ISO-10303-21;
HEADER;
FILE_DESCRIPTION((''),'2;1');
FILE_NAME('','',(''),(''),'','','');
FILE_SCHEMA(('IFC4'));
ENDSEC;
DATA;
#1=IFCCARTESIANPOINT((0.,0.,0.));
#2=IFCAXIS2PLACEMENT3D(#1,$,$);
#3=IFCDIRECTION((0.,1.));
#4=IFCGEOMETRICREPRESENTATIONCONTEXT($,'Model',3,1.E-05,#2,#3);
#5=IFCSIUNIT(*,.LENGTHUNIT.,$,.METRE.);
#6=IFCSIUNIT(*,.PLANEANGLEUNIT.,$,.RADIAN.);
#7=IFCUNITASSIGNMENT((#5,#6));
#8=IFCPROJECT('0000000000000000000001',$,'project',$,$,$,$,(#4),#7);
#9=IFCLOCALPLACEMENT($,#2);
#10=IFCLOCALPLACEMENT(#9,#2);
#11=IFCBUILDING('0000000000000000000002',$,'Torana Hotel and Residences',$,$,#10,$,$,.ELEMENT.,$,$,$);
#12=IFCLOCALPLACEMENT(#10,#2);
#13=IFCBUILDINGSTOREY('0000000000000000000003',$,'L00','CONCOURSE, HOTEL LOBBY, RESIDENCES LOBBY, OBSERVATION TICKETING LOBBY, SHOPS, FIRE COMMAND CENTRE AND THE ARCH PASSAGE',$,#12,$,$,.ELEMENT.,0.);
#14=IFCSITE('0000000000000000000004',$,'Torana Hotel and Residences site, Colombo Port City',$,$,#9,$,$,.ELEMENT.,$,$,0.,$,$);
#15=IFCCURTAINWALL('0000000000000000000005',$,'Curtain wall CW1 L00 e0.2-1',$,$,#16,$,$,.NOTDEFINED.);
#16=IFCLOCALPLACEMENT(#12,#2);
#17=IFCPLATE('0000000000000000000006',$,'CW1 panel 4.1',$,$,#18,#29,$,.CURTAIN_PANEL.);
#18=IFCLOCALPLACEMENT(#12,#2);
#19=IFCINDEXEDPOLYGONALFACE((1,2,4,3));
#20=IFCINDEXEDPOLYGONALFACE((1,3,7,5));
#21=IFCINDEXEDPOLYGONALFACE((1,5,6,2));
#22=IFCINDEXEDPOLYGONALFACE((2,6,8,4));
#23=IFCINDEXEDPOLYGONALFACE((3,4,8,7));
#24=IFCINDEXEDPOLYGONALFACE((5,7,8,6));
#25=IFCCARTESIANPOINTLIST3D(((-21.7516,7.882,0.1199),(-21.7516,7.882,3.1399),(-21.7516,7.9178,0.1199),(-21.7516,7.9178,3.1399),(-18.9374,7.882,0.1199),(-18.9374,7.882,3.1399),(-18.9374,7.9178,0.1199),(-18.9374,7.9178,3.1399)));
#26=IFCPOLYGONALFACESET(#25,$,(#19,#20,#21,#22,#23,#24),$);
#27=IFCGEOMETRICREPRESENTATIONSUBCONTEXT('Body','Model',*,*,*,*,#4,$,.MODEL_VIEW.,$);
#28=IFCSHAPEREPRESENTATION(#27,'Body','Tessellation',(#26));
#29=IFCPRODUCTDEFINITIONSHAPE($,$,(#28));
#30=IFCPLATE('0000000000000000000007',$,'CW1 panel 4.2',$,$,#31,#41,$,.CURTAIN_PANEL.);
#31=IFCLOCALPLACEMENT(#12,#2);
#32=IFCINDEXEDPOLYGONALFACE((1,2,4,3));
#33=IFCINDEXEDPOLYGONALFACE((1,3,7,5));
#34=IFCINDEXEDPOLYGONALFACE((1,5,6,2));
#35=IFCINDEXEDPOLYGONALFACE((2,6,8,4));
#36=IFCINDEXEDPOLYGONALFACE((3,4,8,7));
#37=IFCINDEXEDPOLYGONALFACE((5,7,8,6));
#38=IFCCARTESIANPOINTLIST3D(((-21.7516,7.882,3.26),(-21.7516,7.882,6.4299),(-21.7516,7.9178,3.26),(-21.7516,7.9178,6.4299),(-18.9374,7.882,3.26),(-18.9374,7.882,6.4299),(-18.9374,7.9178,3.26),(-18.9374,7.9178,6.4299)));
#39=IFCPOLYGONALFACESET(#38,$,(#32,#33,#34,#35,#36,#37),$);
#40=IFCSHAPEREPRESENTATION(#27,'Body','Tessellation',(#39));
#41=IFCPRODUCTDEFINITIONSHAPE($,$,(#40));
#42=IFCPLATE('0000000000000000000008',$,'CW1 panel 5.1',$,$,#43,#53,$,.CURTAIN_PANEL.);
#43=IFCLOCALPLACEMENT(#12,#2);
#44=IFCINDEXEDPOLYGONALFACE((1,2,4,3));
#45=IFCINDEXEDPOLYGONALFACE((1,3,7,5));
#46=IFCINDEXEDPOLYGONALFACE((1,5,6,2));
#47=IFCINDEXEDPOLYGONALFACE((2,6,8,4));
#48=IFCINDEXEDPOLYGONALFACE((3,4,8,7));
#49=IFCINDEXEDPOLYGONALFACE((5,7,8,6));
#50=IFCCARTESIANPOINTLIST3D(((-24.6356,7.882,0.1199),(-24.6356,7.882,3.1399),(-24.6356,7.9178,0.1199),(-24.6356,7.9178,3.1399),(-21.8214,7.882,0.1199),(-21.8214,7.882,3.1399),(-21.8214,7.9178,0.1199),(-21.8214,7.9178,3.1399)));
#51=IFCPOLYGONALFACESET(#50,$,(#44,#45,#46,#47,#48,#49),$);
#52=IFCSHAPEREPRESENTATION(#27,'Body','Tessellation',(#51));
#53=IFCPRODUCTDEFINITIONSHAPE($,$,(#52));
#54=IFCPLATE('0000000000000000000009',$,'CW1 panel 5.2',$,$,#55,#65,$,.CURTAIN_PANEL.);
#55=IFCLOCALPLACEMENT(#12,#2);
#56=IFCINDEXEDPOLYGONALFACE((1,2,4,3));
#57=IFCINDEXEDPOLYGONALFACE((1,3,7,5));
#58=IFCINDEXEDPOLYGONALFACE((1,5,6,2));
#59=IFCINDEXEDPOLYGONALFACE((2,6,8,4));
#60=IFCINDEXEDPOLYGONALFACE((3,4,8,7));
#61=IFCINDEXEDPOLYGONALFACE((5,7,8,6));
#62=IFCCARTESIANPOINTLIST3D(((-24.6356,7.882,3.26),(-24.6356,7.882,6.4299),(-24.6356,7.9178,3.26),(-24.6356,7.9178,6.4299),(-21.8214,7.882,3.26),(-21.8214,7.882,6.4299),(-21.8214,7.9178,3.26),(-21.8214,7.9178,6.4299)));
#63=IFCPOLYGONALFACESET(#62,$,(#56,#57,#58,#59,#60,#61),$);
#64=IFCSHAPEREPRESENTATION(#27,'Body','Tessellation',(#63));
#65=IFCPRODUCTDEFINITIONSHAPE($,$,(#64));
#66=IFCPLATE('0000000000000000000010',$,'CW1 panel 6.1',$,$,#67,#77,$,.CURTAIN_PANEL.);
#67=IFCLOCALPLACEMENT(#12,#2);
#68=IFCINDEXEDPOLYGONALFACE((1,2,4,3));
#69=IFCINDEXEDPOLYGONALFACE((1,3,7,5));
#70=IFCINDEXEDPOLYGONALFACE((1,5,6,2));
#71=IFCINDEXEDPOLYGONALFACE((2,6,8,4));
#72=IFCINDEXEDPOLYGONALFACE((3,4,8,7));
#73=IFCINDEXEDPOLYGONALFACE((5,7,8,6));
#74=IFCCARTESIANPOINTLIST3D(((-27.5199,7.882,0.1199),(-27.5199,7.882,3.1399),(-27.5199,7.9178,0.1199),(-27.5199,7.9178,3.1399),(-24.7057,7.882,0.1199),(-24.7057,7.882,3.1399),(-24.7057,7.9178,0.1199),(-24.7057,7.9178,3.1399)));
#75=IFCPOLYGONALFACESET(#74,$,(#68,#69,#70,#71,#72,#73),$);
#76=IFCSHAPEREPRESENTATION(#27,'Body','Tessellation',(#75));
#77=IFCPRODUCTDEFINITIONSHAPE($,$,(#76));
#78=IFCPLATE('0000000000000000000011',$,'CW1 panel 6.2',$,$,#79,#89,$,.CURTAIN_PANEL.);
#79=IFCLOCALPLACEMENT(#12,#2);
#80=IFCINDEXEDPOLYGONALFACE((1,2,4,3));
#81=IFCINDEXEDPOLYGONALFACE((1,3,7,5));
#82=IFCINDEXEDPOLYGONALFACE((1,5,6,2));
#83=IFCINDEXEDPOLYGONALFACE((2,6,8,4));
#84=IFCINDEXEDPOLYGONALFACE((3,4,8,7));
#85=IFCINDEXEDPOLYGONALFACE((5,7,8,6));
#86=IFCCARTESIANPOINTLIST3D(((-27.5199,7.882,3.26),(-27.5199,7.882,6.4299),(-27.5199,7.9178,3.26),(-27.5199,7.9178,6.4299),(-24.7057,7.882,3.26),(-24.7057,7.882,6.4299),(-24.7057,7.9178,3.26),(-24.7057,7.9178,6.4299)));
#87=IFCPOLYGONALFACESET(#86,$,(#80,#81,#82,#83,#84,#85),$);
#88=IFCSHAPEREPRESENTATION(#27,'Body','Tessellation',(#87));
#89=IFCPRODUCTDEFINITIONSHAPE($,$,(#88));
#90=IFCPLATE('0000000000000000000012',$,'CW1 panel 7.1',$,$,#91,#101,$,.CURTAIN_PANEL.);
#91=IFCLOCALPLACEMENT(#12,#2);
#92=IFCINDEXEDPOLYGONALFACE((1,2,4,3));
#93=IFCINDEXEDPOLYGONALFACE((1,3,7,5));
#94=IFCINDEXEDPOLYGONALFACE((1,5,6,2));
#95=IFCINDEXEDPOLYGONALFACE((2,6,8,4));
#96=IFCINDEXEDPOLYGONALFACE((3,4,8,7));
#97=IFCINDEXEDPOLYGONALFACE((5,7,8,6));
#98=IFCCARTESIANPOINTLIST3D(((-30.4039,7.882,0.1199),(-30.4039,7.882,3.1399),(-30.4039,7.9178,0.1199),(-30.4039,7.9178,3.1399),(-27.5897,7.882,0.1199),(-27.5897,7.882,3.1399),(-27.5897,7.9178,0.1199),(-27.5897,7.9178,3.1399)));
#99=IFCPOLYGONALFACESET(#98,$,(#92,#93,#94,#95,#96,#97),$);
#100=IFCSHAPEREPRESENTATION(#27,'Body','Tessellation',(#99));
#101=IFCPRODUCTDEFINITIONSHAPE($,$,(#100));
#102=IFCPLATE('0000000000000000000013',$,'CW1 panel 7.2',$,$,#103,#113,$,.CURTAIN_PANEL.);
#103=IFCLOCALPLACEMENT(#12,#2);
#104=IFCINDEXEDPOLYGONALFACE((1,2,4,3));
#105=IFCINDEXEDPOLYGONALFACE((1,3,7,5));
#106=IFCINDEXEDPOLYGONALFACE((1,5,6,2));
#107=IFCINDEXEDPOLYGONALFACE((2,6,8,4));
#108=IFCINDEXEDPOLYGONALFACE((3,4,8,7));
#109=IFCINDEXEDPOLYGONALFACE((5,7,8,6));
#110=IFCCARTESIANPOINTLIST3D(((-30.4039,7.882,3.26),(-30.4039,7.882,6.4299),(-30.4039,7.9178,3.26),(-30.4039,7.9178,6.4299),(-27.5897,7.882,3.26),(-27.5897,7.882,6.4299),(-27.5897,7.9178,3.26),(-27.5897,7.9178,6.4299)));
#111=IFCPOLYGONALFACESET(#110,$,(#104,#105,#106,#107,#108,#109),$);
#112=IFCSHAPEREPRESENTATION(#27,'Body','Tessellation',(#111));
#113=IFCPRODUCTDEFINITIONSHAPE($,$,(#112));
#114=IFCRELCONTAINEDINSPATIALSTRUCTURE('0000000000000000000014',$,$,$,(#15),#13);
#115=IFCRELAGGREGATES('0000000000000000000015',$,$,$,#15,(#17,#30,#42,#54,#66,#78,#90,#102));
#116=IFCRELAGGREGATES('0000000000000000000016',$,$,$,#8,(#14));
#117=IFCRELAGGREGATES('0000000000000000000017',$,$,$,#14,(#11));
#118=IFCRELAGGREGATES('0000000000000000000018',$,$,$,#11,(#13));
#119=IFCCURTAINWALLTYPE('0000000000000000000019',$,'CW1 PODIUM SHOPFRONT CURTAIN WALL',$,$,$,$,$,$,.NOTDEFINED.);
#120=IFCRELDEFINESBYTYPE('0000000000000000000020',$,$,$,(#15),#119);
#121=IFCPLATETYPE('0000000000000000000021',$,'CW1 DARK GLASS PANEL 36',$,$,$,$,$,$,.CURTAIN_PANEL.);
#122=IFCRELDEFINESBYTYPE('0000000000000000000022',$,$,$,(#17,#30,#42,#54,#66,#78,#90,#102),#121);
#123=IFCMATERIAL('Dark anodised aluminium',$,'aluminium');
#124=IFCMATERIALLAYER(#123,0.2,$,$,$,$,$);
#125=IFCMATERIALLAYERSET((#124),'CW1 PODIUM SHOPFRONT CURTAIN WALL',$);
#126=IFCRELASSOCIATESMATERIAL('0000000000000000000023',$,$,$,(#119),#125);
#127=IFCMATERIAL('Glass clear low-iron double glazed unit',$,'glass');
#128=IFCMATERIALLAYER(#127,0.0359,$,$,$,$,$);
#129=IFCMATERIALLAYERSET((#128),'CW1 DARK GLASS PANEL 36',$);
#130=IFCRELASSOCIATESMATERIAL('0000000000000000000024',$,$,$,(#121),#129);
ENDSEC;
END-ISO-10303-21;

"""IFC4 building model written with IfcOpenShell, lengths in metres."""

from ifc_helpers import new_model, si_unit, direction, frame, origin, origin_2d, place, context, subcontext, project, spatial, rectangle, extrude, material, layer, layer_set, type_object, element, aggregate, save


model = new_model("IFC4")

# Units and contexts
model_context = context("Model", 3, precision=1e-05, world=origin(), true_north=direction((0.0, 1.0)))
body_context = subcontext(model_context, "Body", "Model", "MODEL_VIEW")
ifc_project = project(units=[si_unit("LENGTHUNIT", "METRE"), si_unit("PLANEANGLEUNIT", "RADIAN")], contexts=[model_context])

# Site, building, storey
site_placement = place(None, origin())
site = spatial("IfcSite", under=ifc_project, at=site_placement, Name="Torana Hotel and Residences site, Colombo Port City", CompositionType="ELEMENT", RefElevation=0.0)
building_placement = place(site_placement, origin())
building = spatial("IfcBuilding", under=site, at=building_placement, Name="Torana Hotel and Residences", CompositionType="ELEMENT")
storey_placement = place(building_placement, origin())
storey = spatial("IfcBuildingStorey", under=building, at=storey_placement, Name="L00", Description="CONCOURSE, HOTEL LOBBY, RESIDENCES LOBBY, OBSERVATION TICKETING LOBBY, SHOPS, FIRE COMMAND CENTRE AND THE ARCH PASSAGE", CompositionType="ELEMENT", Elevation=0.0)

# Curtain wall, plates
ifc_material_1 = material(Name="Dark anodised aluminium", Category="aluminium")
ifc_layer_1 = layer(ifc_material_1, 0.2)
ifc_layer_set_1 = layer_set([ifc_layer_1], Name="CW1 PODIUM SHOPFRONT CURTAIN WALL")
curtain_wall_type = type_object("IfcCurtainWallType", Name="CW1 PODIUM SHOPFRONT CURTAIN WALL", PredefinedType="NOTDEFINED", material=ifc_layer_set_1)
curtain_wall_placement = place(storey_placement, origin())
curtain_wall = element("IfcCurtainWall", 1, at=curtain_wall_placement, inside=storey, type_object=curtain_wall_type, Name="Curtain wall CW1 L00 e0.2-1", PredefinedType="NOTDEFINED")
ifc_material_2 = material(Name="Glass clear low-iron double glazed unit", Category="glass")
ifc_layer_2 = layer(ifc_material_2, 0.0359)
ifc_layer_set_2 = layer_set([ifc_layer_2], Name="CW1 DARK GLASS PANEL 36")
plate_type = type_object("IfcPlateType", Name="CW1 DARK GLASS PANEL 36", PredefinedType="CURTAIN_PANEL", material=ifc_layer_set_2)
plate_1_placement = place(storey_placement, frame((-20.3445, 7.8999, 0.1199), z_axis=(0.0, 0.0, 1.0), x_axis=(-1.0, 0.0, 0.0)))
plate_1 = element("IfcPlate", 2, at=plate_1_placement, type_object=plate_type, Name="CW1 panel 4.1", PredefinedType="CURTAIN_PANEL", context=body_context, shape_type="SweptSolid", body=[
    extrude(rectangle(XDim=2.8142, YDim=0.0359, at=origin_2d()), origin(), (0.0, 0.0, 1.0), 3.02),
])
plate_2_placement = place(storey_placement, frame((-20.3445, 7.8999, 3.26), z_axis=(0.0, 0.0, 1.0), x_axis=(-1.0, 0.0, 0.0)))
plate_2 = element("IfcPlate", 3, at=plate_2_placement, type_object=plate_type, Name="CW1 panel 4.2", PredefinedType="CURTAIN_PANEL", context=body_context, shape_type="SweptSolid", body=[
    extrude(rectangle(XDim=2.8142, YDim=0.0359, at=origin_2d()), origin(), (0.0, 0.0, 1.0), 3.1699),
])
plate_3_placement = place(storey_placement, frame((-23.2285, 7.8999, 0.1199), z_axis=(0.0, 0.0, 1.0), x_axis=(-1.0, 0.0, 0.0)))
plate_3 = element("IfcPlate", 4, at=plate_3_placement, type_object=plate_type, Name="CW1 panel 5.1", PredefinedType="CURTAIN_PANEL", context=body_context, shape_type="SweptSolid", body=[
    extrude(rectangle(XDim=2.8142, YDim=0.0359, at=origin_2d()), origin(), (0.0, 0.0, 1.0), 3.02),
])
plate_4_placement = place(storey_placement, frame((-23.2285, 7.8999, 3.26), z_axis=(0.0, 0.0, 1.0), x_axis=(-1.0, 0.0, 0.0)))
plate_4 = element("IfcPlate", 5, at=plate_4_placement, type_object=plate_type, Name="CW1 panel 5.2", PredefinedType="CURTAIN_PANEL", context=body_context, shape_type="SweptSolid", body=[
    extrude(rectangle(XDim=2.8142, YDim=0.0359, at=origin_2d()), origin(), (0.0, 0.0, 1.0), 3.1699),
])
plate_5_placement = place(storey_placement, frame((-26.1128, 7.8999, 0.1199), z_axis=(0.0, 0.0, 1.0), x_axis=(-1.0, 0.0, 0.0)))
plate_5 = element("IfcPlate", 6, at=plate_5_placement, type_object=plate_type, Name="CW1 panel 6.1", PredefinedType="CURTAIN_PANEL", context=body_context, shape_type="SweptSolid", body=[
    extrude(rectangle(XDim=2.8142, YDim=0.0359, at=origin_2d()), origin(), (0.0, 0.0, 1.0), 3.02),
])
plate_6_placement = place(storey_placement, frame((-26.1128, 7.8999, 3.26), z_axis=(0.0, 0.0, 1.0), x_axis=(-1.0, 0.0, 0.0)))
plate_6 = element("IfcPlate", 7, at=plate_6_placement, type_object=plate_type, Name="CW1 panel 6.2", PredefinedType="CURTAIN_PANEL", context=body_context, shape_type="SweptSolid", body=[
    extrude(rectangle(XDim=2.8142, YDim=0.0359, at=origin_2d()), origin(), (0.0, 0.0, 1.0), 3.1699),
])
plate_7_placement = place(storey_placement, frame((-28.9968, 7.8999, 0.1199), z_axis=(0.0, 0.0, 1.0), x_axis=(-1.0, 0.0, 0.0)))
plate_7 = element("IfcPlate", 8, at=plate_7_placement, type_object=plate_type, Name="CW1 panel 7.1", PredefinedType="CURTAIN_PANEL", context=body_context, shape_type="SweptSolid", body=[
    extrude(rectangle(XDim=2.8142, YDim=0.0359, at=origin_2d()), origin(), (0.0, 0.0, 1.0), 3.02),
])
plate_8_placement = place(storey_placement, frame((-28.9968, 7.8999, 3.26), z_axis=(0.0, 0.0, 1.0), x_axis=(-1.0, 0.0, 0.0)))
plate_8 = element("IfcPlate", 9, at=plate_8_placement, type_object=plate_type, Name="CW1 panel 7.2", PredefinedType="CURTAIN_PANEL", context=body_context, shape_type="SweptSolid", body=[
    extrude(rectangle(XDim=2.8142, YDim=0.0359, at=origin_2d()), origin(), (0.0, 0.0, 1.0), 3.1699),
])
aggregate(curtain_wall, [plate_1, plate_2, plate_3, plate_4, plate_5, plate_6, plate_7, plate_8])

save(model, "model.ifc")
